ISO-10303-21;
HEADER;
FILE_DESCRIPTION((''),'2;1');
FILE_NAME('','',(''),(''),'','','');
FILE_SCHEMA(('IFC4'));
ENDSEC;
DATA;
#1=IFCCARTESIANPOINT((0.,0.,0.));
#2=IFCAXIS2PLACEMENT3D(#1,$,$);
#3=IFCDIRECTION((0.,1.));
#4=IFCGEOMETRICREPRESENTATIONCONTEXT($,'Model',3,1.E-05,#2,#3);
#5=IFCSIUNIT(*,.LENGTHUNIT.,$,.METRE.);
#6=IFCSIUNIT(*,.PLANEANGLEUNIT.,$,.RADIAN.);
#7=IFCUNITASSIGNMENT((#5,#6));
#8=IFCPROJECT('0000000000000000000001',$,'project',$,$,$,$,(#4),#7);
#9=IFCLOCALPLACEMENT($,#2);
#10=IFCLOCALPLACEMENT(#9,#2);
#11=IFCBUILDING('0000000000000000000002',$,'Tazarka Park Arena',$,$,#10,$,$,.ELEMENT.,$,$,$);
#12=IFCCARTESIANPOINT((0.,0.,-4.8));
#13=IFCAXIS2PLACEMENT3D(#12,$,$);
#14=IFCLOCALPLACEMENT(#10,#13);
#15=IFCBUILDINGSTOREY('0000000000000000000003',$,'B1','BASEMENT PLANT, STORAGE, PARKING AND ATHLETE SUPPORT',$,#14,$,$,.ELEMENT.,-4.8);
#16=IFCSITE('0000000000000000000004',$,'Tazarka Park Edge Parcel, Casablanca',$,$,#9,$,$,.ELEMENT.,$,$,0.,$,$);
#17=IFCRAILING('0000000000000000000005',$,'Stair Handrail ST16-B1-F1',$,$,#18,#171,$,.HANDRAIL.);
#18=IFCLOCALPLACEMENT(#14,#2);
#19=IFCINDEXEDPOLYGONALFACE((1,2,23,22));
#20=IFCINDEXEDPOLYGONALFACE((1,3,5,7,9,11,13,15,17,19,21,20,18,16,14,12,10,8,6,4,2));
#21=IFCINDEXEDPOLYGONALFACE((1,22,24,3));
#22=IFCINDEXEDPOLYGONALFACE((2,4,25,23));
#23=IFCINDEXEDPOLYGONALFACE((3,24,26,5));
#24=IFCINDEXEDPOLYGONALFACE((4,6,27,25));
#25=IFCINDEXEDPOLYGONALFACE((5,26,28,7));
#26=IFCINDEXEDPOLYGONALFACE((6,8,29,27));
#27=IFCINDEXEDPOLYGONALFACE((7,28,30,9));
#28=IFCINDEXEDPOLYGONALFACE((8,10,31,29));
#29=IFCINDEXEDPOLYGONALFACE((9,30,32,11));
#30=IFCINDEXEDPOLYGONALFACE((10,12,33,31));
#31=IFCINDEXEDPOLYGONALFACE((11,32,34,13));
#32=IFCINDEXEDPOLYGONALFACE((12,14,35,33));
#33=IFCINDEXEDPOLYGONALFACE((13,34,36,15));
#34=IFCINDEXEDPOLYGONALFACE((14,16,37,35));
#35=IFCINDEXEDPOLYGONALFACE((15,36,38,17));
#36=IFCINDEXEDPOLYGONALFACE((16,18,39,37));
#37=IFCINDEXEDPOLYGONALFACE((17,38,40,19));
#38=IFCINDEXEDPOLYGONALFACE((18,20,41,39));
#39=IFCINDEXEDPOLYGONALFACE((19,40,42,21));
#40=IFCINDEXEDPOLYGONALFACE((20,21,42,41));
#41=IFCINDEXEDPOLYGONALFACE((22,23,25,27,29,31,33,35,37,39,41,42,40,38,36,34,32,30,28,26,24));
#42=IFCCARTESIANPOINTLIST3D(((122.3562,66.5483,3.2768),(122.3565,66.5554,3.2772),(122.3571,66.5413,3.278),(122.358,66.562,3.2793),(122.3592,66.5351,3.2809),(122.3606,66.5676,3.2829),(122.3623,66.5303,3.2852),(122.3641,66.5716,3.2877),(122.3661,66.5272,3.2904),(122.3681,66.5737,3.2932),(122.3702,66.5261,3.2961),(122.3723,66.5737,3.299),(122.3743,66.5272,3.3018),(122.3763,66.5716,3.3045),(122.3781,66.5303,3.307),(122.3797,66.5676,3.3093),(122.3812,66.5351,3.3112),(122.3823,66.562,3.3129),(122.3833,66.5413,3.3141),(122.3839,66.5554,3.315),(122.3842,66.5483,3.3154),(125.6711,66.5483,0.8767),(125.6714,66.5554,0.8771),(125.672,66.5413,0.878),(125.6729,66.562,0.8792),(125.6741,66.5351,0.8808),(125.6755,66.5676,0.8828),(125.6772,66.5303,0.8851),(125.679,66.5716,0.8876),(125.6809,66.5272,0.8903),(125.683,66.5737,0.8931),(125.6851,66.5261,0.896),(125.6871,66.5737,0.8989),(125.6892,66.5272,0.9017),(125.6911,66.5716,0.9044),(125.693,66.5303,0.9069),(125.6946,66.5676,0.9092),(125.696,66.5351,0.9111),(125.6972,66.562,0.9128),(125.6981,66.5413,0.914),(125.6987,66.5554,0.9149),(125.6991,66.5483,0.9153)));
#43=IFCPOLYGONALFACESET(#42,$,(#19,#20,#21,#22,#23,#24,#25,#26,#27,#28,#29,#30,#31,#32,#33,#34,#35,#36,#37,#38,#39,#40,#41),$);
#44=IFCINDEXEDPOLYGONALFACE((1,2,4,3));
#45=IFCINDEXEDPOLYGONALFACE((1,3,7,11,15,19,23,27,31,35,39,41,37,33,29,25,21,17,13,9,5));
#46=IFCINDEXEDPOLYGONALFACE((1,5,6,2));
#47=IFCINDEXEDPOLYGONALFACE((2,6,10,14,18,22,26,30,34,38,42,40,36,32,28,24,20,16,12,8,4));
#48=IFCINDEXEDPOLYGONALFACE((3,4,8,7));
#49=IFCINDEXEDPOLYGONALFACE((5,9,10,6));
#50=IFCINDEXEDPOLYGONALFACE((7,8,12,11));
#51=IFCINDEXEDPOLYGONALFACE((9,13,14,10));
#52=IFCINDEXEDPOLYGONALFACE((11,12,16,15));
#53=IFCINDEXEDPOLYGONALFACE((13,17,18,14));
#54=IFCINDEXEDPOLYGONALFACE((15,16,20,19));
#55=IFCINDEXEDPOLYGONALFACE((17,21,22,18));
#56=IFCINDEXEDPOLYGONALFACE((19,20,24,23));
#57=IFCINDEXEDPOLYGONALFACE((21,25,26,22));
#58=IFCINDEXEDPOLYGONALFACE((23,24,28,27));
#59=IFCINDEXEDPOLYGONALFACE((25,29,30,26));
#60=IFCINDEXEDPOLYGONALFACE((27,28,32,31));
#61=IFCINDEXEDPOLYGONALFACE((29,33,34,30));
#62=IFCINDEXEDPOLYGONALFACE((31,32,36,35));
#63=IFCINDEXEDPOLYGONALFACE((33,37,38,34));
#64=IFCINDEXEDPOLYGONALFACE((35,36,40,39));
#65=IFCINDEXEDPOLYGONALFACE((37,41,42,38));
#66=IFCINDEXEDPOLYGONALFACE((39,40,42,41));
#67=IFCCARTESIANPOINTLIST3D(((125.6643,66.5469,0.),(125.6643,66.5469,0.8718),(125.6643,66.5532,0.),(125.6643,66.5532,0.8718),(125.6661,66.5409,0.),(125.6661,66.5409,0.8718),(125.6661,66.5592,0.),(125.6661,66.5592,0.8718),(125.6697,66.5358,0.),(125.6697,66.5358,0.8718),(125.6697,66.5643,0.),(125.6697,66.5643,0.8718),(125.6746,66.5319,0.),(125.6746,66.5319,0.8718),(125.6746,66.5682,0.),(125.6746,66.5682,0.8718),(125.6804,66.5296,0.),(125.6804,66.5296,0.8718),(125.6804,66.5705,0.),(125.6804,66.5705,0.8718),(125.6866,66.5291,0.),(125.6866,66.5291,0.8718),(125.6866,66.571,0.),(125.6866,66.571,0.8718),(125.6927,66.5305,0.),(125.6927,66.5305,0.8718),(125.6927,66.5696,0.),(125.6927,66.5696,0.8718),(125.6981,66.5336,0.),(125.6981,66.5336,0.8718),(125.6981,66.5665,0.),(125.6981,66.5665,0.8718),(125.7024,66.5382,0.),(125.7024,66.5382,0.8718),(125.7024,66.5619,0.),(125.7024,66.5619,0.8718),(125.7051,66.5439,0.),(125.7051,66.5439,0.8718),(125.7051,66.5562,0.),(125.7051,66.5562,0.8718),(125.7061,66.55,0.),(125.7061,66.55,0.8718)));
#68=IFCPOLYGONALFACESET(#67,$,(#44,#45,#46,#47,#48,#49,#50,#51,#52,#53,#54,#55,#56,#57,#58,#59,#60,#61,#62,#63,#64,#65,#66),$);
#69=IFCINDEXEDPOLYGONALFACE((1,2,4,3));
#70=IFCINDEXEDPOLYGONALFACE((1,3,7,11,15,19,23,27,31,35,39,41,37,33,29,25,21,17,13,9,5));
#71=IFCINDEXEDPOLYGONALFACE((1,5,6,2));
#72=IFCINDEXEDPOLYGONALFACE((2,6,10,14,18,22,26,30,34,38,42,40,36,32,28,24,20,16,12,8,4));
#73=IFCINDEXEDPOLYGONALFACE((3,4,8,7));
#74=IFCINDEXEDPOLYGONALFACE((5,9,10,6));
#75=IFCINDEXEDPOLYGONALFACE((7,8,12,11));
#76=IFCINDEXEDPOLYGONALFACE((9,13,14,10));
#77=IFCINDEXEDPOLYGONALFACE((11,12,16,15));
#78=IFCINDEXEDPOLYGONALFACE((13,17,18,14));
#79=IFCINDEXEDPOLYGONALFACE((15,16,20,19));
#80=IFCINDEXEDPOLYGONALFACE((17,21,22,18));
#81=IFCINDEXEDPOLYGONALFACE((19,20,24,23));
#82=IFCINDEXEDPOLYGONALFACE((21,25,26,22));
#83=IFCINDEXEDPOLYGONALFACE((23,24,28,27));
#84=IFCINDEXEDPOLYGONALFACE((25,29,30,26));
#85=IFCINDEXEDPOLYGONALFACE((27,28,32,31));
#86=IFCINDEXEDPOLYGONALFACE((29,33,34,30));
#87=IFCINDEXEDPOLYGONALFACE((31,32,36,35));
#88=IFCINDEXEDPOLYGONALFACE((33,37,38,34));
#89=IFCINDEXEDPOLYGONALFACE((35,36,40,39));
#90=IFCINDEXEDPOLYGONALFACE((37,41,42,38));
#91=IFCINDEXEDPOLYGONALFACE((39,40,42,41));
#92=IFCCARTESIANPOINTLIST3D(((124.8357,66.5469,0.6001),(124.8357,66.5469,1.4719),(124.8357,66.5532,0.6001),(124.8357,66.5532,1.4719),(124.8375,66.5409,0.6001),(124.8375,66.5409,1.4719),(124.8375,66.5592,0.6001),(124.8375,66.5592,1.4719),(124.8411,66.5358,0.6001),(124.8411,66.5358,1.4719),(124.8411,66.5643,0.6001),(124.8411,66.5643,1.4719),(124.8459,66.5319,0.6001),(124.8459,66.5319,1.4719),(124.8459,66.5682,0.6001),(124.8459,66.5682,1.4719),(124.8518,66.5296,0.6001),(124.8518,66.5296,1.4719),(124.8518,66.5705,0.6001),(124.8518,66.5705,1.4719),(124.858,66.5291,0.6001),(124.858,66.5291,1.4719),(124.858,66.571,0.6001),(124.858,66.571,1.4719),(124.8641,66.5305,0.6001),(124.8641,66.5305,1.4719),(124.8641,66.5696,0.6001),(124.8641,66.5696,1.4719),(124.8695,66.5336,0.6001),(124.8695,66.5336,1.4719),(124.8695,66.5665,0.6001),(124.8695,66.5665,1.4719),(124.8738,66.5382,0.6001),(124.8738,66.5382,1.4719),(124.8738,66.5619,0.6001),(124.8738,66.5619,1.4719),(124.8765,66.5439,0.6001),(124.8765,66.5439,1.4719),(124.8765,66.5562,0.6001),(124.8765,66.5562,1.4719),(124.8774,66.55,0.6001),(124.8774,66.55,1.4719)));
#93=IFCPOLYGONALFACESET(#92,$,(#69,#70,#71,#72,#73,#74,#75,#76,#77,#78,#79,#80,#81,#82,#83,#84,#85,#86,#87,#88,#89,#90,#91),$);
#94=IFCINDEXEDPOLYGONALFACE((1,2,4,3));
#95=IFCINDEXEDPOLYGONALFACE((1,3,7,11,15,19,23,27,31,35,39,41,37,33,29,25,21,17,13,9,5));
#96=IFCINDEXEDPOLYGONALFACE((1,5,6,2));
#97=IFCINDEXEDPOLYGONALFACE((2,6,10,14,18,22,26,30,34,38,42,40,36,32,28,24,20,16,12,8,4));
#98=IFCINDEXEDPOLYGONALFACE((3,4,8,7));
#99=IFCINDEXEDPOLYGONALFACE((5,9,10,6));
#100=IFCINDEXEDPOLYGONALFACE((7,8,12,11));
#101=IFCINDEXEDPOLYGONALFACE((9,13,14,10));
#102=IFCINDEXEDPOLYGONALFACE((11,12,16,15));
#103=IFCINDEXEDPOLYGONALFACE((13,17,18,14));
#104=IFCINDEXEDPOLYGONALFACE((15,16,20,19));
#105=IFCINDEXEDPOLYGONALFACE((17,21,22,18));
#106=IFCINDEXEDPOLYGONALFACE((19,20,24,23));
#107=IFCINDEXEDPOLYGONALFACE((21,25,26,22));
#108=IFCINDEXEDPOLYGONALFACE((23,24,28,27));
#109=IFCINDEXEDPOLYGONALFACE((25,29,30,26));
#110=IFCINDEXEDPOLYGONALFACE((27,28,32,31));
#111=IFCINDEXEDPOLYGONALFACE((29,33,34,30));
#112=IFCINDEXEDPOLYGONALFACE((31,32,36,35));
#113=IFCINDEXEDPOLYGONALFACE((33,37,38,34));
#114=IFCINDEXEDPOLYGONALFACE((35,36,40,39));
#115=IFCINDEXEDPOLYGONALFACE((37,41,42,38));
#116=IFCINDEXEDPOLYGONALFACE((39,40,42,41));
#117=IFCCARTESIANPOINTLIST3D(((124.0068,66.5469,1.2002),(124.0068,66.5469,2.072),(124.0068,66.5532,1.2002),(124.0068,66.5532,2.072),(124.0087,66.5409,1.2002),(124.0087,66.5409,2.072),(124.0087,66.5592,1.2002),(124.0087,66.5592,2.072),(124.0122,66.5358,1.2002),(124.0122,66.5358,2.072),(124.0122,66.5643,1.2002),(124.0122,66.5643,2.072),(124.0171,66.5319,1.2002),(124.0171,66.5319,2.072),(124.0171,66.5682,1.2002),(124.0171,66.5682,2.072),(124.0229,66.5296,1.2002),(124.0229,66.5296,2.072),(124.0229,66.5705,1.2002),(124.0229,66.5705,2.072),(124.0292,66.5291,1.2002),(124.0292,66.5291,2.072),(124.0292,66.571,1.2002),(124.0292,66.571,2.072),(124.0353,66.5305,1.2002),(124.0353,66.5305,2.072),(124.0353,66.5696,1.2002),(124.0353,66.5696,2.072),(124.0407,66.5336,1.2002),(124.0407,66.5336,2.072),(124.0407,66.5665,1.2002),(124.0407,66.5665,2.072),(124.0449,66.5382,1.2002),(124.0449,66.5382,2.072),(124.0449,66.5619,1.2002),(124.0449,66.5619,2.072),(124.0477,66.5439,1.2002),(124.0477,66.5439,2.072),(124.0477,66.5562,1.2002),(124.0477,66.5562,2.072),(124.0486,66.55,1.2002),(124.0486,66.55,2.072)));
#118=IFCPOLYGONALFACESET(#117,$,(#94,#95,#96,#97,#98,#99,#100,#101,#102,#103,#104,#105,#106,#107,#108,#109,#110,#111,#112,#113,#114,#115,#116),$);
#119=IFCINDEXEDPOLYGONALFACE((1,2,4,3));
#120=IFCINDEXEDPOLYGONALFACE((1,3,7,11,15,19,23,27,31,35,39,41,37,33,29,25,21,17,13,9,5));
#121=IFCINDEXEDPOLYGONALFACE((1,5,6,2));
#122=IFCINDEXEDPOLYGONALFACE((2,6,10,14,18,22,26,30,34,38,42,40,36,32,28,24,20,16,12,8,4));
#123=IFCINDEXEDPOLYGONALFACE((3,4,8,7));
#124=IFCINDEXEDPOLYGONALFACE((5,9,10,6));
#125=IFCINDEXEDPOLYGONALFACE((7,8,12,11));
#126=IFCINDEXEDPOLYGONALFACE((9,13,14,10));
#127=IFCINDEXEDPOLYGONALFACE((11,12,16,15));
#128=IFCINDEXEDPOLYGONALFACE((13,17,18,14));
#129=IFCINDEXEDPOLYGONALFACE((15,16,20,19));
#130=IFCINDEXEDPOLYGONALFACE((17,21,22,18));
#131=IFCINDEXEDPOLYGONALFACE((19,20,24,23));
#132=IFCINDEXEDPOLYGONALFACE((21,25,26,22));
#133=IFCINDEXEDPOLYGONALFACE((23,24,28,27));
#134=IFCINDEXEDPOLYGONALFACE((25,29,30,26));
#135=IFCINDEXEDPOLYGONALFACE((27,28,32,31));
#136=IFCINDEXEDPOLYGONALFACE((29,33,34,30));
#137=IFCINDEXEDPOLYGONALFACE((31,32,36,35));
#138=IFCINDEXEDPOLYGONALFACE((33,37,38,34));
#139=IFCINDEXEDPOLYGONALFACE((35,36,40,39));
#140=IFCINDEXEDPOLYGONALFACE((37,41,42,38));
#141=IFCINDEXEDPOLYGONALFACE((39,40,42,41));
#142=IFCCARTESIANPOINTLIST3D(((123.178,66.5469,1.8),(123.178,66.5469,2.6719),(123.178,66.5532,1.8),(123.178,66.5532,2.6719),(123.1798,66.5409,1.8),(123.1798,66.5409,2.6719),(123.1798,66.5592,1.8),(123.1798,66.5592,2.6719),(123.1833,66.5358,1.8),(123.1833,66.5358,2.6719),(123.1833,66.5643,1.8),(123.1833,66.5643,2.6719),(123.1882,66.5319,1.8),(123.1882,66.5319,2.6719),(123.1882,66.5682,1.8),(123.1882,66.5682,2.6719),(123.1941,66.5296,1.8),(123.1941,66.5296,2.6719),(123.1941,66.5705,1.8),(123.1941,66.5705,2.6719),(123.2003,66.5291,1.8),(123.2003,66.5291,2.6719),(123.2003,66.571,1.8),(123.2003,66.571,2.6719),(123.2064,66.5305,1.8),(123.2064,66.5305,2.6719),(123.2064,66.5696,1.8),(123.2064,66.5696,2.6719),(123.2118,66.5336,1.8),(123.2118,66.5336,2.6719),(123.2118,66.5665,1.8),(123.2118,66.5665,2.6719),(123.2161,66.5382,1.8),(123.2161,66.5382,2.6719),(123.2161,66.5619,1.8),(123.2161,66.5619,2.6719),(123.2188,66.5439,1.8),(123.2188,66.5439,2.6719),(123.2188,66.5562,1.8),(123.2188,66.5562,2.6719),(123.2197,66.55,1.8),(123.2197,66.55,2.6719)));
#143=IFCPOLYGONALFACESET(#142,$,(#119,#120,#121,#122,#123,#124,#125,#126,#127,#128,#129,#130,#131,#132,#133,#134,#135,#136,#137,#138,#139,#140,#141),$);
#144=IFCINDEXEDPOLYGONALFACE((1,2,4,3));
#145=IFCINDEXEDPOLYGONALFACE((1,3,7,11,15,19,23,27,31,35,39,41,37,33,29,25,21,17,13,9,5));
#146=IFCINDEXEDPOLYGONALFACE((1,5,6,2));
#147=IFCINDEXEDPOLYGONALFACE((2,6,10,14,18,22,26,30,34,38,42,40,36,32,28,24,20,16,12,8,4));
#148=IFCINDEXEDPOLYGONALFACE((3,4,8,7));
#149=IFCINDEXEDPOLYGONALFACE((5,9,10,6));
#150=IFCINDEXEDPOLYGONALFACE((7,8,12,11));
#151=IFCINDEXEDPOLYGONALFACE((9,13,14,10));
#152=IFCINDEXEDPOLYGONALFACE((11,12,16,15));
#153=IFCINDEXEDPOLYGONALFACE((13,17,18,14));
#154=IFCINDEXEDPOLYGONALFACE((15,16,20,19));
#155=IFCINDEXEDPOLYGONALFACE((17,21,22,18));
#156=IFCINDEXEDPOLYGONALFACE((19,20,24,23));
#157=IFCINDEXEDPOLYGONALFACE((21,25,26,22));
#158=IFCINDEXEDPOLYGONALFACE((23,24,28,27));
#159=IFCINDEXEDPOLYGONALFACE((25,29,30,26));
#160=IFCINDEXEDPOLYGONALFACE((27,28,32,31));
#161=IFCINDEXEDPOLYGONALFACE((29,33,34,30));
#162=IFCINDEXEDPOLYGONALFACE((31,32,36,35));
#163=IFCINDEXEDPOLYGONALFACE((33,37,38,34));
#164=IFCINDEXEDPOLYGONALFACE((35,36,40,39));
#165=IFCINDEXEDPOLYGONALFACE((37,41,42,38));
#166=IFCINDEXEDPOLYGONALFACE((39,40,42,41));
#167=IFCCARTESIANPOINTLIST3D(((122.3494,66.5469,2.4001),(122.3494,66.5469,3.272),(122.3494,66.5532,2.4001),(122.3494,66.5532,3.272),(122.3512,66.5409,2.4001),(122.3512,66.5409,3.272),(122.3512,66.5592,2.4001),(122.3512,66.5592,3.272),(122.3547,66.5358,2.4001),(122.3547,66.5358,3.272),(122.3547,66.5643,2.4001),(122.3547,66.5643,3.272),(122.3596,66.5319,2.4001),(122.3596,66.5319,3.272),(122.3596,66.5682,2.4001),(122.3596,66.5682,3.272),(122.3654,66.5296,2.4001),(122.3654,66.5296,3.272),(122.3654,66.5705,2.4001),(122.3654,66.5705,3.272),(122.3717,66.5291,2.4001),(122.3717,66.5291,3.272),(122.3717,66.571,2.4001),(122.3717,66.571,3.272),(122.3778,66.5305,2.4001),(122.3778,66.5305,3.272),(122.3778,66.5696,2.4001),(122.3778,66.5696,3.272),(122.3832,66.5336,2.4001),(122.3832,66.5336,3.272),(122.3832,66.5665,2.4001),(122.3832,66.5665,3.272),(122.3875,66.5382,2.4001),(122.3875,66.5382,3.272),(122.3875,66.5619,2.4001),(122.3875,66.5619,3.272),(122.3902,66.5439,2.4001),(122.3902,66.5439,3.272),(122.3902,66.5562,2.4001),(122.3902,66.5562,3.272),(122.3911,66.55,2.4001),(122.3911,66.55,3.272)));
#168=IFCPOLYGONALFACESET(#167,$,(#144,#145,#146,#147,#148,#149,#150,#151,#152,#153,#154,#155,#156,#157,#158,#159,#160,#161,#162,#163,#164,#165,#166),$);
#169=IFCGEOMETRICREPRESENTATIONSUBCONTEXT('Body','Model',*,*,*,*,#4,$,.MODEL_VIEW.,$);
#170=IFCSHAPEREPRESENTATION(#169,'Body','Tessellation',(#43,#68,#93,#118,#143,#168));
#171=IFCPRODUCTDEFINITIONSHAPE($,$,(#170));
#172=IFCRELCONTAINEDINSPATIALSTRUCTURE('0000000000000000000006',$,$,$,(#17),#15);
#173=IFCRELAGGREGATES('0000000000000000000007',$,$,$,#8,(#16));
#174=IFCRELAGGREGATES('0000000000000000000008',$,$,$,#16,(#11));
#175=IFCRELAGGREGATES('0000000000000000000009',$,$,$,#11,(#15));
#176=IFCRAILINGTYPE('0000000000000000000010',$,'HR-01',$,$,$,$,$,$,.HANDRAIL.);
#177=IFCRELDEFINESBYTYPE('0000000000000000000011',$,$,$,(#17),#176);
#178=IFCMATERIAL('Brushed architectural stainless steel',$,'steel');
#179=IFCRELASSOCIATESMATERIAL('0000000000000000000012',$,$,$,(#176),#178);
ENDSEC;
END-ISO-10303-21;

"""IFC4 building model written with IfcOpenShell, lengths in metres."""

from ifc_helpers import new_model, si_unit, direction, frame, origin, origin_2d, place, context, subcontext, project, spatial, circle, extrude, material, type_object, element, save


model = new_model("IFC4")

# Units and contexts
model_context = context("Model", 3, precision=1e-05, world=origin(), true_north=direction((0.0, 1.0)))
body_context = subcontext(model_context, "Body", "Model", "MODEL_VIEW")
ifc_project = project(units=[si_unit("LENGTHUNIT", "METRE"), si_unit("PLANEANGLEUNIT", "RADIAN")], contexts=[model_context])

# Site, building, storey
site_placement = place(None, origin())
site = spatial("IfcSite", under=ifc_project, at=site_placement, Name="Tazarka Park Edge Parcel, Casablanca", CompositionType="ELEMENT", RefElevation=0.0)
building_placement = place(site_placement, origin())
building = spatial("IfcBuilding", under=site, at=building_placement, Name="Tazarka Park Arena", CompositionType="ELEMENT")
storey_placement = place(building_placement, frame((0.0, 0.0, -4.8)))
storey = spatial("IfcBuildingStorey", under=building, at=storey_placement, Name="B1", Description="BASEMENT PLANT, STORAGE, PARKING AND ATHLETE SUPPORT", CompositionType="ELEMENT", Elevation=-4.8)

# Railing
ifc_material_1 = material(Name="Brushed architectural stainless steel", Category="steel")
railing_type_1 = type_object("IfcRailingType", Name="HR-01", PredefinedType="HANDRAIL", material=ifc_material_1)
railing_1_placement = place(storey_placement, frame((125.6851, 66.55, 0.0)))
element("IfcRailing", 1, at=railing_1_placement, inside=storey, type_object=railing_type_1, Name="Stair Handrail ST16-B1-F1", PredefinedType="HANDRAIL", context=body_context, shape_type="SweptSolid", body=[
    extrude(circle(Radius=0.0239, at=origin_2d()), frame((0.0, 0.0, 0.896), z_axis=(-0.80998, 0.0, 0.586457), x_axis=(0.0, -1.0, 0.0)), (0.0, 0.0, 1.0), 4.0925),
    extrude(circle(Radius=0.021, at=origin_2d()), origin(), (0.0, 0.0, 1.0), 0.8718),
    extrude(circle(Radius=0.021, at=origin_2d()), frame((-0.8286, 0.0, 0.6001)), (0.0, 0.0, 1.0), 0.8718),
    extrude(circle(Radius=0.021, at=origin_2d()), frame((-1.6575, 0.0, 1.2002)), (0.0, 0.0, 1.0), 0.8718),
    extrude(circle(Radius=0.021, at=origin_2d()), frame((-2.4863, 0.0, 1.8)), (0.0, 0.0, 1.0), 0.8718),
    extrude(circle(Radius=0.021, at=origin_2d()), frame((-3.3149, 0.0, 2.4001)), (0.0, 0.0, 1.0), 0.8718),
])

save(model, "model.ifc")
